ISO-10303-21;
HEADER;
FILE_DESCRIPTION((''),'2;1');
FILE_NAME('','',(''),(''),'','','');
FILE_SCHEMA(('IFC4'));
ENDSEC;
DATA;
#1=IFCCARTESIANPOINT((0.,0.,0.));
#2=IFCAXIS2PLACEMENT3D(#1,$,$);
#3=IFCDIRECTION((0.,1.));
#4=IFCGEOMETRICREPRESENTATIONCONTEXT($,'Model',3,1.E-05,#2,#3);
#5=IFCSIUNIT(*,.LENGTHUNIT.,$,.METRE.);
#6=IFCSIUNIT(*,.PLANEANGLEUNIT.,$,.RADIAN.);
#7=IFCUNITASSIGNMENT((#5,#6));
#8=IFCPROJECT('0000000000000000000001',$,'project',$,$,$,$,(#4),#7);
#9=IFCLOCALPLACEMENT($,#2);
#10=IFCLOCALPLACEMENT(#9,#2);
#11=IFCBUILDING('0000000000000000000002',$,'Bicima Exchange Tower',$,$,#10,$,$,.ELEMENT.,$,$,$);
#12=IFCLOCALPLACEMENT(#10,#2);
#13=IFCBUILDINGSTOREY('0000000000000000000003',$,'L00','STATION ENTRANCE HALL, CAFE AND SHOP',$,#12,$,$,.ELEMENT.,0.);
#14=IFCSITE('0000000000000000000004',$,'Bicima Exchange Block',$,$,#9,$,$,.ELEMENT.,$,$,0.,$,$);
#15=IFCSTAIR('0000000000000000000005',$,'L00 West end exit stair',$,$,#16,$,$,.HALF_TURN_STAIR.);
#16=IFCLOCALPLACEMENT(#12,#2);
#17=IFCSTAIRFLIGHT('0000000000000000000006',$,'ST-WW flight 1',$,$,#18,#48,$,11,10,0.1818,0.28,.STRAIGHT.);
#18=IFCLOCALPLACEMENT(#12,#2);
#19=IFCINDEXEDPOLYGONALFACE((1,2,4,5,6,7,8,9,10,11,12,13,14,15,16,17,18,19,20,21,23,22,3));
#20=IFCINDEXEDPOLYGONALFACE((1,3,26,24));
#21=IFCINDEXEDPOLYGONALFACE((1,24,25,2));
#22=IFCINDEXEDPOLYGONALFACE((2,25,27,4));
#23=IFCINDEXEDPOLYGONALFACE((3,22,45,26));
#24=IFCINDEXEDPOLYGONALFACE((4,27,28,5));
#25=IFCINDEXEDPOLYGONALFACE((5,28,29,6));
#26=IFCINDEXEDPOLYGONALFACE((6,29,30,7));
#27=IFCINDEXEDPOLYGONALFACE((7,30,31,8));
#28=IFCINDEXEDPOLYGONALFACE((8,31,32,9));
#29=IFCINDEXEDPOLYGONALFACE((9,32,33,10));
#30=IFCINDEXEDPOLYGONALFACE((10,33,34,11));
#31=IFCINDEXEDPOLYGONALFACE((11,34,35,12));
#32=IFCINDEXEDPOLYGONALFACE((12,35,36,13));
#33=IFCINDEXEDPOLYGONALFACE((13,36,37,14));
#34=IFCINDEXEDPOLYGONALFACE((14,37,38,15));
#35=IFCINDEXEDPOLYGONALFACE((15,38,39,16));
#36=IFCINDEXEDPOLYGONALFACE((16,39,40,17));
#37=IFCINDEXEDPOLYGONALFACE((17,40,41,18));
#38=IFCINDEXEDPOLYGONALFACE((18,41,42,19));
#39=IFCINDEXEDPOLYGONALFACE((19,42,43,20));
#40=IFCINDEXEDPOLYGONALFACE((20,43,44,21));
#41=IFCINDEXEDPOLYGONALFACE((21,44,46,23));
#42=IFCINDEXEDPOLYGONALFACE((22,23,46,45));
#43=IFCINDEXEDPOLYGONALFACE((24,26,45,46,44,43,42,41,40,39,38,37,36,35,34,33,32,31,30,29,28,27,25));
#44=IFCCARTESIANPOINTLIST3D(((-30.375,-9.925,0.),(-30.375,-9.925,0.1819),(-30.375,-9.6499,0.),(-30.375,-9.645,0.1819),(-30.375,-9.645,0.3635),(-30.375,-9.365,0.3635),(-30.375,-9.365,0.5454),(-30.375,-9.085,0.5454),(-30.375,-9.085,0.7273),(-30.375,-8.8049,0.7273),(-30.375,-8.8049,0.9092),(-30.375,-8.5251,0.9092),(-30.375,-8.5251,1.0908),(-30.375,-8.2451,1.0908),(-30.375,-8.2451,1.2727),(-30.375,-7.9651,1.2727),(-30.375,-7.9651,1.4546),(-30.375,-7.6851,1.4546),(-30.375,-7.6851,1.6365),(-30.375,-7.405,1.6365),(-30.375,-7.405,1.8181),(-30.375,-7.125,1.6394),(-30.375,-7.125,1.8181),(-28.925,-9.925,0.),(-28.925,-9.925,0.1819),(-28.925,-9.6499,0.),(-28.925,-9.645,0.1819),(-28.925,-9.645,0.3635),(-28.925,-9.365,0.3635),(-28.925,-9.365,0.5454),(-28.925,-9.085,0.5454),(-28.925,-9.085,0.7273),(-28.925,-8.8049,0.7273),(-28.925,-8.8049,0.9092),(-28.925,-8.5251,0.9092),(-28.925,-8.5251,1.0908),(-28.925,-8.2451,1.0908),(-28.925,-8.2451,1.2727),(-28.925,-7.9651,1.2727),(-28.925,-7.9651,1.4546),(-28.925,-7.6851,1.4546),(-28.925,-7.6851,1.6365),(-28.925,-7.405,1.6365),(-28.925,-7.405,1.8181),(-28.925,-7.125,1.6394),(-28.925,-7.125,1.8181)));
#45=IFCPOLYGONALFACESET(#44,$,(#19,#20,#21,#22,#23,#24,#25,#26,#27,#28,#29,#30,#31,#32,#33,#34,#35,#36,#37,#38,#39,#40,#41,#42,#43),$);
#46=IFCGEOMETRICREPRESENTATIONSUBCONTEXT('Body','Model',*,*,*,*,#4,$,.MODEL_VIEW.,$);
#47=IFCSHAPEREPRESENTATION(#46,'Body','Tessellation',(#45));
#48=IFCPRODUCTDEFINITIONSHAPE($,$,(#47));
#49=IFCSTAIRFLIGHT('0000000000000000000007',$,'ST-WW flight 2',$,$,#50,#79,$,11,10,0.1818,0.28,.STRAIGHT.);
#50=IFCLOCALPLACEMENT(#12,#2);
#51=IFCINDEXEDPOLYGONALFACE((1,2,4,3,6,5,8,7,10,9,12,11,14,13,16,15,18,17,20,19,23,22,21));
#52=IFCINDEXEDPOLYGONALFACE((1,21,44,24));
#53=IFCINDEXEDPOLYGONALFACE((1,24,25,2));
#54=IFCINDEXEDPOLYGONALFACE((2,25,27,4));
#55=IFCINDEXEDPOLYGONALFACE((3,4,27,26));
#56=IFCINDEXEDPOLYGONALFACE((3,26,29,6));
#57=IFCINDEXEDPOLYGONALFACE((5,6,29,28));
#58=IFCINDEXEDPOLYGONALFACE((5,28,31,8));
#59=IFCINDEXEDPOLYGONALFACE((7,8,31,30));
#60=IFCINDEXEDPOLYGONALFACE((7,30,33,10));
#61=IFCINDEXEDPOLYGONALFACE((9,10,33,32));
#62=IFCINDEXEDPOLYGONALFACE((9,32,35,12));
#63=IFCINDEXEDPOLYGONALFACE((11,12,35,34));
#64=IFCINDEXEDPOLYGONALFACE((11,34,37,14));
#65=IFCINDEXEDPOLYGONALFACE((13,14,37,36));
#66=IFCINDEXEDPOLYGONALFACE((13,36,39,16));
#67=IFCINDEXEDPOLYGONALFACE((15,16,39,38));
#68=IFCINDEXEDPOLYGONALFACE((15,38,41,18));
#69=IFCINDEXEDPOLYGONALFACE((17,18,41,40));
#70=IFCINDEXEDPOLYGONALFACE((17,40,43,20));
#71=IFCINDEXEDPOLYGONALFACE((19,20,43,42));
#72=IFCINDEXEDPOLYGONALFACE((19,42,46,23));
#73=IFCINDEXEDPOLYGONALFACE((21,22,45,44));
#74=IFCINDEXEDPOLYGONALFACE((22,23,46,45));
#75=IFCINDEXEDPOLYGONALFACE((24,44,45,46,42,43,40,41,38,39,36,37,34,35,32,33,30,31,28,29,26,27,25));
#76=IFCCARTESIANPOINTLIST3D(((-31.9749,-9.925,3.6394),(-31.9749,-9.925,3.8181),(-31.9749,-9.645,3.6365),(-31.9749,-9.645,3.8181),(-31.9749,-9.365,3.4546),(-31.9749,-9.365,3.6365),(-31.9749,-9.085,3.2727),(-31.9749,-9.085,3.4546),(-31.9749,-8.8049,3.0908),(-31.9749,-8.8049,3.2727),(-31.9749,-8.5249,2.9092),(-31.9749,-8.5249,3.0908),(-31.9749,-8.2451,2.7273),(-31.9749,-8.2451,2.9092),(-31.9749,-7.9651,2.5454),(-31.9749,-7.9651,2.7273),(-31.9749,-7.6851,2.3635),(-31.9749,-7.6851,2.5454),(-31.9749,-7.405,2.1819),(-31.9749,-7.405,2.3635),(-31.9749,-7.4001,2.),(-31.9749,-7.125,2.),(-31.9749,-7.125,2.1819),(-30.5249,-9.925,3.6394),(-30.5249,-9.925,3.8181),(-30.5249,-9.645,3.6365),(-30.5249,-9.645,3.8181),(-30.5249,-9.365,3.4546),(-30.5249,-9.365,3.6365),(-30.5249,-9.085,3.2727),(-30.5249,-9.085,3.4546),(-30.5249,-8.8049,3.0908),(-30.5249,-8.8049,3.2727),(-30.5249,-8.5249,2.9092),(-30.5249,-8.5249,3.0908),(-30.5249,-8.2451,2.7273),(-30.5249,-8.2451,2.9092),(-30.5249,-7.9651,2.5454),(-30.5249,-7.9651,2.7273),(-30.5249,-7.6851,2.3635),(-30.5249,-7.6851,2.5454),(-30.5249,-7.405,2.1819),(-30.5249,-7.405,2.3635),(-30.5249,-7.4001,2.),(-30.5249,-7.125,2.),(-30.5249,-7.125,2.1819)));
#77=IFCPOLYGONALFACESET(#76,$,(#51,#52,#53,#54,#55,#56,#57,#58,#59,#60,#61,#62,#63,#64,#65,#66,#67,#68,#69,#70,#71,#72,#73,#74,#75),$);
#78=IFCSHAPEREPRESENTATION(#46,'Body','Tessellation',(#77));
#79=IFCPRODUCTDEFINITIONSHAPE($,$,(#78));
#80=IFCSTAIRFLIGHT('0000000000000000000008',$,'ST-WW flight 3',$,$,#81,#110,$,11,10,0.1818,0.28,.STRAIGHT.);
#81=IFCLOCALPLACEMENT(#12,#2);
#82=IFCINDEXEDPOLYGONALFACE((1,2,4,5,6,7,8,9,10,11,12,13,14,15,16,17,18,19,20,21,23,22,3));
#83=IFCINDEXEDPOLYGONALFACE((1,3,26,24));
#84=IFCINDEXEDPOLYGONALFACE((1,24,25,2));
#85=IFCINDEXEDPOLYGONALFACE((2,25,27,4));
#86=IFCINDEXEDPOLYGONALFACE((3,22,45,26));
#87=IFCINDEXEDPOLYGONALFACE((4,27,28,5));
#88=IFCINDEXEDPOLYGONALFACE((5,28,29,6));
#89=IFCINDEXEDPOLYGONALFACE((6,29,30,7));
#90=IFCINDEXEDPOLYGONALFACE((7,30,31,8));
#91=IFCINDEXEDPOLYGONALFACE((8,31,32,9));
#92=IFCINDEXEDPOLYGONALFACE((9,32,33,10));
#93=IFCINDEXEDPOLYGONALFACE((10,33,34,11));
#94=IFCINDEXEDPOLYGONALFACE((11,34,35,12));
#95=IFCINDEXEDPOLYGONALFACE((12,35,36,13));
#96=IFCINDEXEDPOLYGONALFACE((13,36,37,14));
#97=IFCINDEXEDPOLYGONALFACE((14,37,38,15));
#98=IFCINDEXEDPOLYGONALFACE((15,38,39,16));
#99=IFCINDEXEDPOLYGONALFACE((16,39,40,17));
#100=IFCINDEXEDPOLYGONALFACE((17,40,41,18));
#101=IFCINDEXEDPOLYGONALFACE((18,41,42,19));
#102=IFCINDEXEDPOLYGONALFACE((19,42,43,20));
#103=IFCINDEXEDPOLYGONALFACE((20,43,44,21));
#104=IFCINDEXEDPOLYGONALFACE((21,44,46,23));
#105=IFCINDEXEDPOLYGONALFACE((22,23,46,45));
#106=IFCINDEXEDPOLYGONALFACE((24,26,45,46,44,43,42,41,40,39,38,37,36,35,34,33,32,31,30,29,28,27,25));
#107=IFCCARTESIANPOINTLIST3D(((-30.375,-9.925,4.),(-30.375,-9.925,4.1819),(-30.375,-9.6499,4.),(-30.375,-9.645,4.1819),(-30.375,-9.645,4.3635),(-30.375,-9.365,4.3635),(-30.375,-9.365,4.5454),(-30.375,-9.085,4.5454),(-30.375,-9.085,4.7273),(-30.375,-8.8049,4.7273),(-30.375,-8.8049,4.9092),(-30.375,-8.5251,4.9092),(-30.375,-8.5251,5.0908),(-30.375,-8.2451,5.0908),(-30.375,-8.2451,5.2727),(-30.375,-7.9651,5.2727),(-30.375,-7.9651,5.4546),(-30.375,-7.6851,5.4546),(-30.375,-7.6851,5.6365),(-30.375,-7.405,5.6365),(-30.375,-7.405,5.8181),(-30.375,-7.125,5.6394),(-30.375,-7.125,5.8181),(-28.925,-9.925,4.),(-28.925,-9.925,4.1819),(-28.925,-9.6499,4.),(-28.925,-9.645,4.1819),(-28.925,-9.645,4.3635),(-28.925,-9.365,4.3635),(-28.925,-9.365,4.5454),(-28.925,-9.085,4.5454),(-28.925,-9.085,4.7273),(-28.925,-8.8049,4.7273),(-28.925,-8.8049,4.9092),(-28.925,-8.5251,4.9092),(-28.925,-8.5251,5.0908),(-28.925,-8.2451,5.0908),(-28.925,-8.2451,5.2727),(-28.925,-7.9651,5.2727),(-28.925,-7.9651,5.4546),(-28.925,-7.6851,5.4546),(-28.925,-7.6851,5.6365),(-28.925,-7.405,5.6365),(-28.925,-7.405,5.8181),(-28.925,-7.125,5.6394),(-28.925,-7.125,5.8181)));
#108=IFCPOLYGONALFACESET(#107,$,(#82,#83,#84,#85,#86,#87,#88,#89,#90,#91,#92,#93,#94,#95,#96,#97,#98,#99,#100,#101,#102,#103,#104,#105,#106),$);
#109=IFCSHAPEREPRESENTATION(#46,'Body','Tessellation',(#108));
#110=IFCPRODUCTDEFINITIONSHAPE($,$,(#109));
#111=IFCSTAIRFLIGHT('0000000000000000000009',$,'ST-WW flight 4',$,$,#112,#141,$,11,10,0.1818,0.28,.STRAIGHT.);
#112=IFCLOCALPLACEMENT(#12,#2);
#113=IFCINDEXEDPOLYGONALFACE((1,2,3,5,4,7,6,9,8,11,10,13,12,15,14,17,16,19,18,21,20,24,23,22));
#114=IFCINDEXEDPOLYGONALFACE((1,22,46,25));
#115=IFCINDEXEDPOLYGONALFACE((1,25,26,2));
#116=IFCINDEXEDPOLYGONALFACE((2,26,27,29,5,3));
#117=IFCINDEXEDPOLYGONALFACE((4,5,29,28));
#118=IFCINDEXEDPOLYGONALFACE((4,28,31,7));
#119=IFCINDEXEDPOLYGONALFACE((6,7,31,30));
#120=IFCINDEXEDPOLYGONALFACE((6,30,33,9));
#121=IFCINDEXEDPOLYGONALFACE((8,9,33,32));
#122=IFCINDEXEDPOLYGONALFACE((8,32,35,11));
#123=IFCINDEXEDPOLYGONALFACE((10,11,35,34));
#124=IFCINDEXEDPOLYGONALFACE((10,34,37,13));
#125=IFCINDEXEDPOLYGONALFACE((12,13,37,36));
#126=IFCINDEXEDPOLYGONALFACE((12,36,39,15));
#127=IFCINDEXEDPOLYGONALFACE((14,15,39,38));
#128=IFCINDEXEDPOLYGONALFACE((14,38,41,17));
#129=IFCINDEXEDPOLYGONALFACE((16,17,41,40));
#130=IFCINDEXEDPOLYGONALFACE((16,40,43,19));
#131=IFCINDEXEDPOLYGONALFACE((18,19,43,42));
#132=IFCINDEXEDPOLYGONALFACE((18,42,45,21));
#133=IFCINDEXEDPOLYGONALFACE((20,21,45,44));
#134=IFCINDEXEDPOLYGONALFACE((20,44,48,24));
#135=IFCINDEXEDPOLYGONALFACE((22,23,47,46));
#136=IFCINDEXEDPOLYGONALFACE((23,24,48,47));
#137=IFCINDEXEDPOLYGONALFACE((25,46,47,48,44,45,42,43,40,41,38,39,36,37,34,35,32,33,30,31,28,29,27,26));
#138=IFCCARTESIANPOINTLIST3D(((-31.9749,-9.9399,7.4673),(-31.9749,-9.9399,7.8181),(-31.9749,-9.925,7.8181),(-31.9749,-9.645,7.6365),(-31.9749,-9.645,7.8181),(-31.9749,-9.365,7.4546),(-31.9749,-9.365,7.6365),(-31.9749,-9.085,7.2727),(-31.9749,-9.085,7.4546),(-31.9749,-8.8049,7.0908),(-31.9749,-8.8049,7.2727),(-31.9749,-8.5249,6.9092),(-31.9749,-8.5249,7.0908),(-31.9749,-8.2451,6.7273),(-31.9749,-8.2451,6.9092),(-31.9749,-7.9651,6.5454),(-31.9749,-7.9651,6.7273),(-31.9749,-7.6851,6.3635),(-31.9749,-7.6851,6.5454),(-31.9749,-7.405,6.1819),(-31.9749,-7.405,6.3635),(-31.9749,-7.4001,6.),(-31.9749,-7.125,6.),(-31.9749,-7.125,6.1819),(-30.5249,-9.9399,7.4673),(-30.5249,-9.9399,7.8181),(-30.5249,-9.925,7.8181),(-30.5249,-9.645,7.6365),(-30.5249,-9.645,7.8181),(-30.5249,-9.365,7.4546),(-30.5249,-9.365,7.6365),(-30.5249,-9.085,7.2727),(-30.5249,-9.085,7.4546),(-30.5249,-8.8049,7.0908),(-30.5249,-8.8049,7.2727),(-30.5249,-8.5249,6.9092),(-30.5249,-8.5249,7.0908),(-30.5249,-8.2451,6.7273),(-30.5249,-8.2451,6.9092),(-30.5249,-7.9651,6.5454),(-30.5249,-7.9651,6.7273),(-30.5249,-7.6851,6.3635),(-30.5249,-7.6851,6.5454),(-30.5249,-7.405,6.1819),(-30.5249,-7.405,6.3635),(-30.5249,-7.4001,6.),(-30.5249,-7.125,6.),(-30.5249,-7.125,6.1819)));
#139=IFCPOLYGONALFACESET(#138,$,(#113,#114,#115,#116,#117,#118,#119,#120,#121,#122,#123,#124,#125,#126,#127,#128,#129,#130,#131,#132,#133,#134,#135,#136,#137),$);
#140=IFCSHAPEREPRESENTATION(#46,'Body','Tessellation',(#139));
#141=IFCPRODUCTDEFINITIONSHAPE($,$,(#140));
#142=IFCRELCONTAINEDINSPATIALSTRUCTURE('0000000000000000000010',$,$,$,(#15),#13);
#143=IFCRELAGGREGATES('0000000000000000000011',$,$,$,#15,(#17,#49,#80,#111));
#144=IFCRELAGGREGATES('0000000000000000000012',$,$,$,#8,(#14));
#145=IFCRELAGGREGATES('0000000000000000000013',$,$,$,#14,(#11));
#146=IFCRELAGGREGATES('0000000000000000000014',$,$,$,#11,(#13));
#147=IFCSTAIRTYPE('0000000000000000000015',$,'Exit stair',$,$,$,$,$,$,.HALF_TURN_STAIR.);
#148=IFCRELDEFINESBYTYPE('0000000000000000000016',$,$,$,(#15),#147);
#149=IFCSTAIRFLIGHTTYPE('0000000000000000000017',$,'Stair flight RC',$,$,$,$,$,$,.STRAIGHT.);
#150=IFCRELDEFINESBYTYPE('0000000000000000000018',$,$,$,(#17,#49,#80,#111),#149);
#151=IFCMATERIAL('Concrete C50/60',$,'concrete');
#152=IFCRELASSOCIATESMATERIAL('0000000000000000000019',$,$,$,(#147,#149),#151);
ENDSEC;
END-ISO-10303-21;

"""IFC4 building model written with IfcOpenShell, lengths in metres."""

from ifc_helpers import new_model, si_unit, direction, frame, origin, place, context, subcontext, project, spatial, polyline, outline, extrude, material, type_object, element, aggregate, save


model = new_model("IFC4")

# Units and contexts
model_context = context("Model", 3, precision=1e-05, world=origin(), true_north=direction((0.0, 1.0)))
body_context = subcontext(model_context, "Body", "Model", "MODEL_VIEW")
ifc_project = project(units=[si_unit("LENGTHUNIT", "METRE"), si_unit("PLANEANGLEUNIT", "RADIAN")], contexts=[model_context])

# Site, building, storey
site_placement = place(None, origin())
site = spatial("IfcSite", under=ifc_project, at=site_placement, Name="Bicima Exchange Block", CompositionType="ELEMENT", RefElevation=0.0)
building_placement = place(site_placement, origin())
building = spatial("IfcBuilding", under=site, at=building_placement, Name="Bicima Exchange Tower", CompositionType="ELEMENT")
storey_placement = place(building_placement, origin())
storey = spatial("IfcBuildingStorey", under=building, at=storey_placement, Name="L00", Description="STATION ENTRANCE HALL, CAFE AND SHOP", CompositionType="ELEMENT", Elevation=0.0)

# Shared definitions
ifc_material_1 = material(Name="Concrete C50/60", Category="concrete")

# Stair, stair flights
stair_type = type_object("IfcStairType", Name="Exit stair", PredefinedType="HALF_TURN_STAIR", material=ifc_material_1)
stair_placement = place(storey_placement, origin())
stair = element("IfcStair", 1, at=stair_placement, inside=storey, type_object=stair_type, Name="L00 West end exit stair", PredefinedType="HALF_TURN_STAIR")
stair_flight_type = type_object("IfcStairFlightType", Name="Stair flight RC", PredefinedType="STRAIGHT", material=ifc_material_1)
stair_flight_1_placement = place(storey_placement, frame((-29.6499, -9.925, 0.0), z_axis=(0.0, 0.0, 1.0), x_axis=(0.0, 1.0, 0.0)))
stair_flight_1 = element("IfcStairFlight", 2, at=stair_flight_1_placement, type_object=stair_flight_type, Name="ST-WW flight 1", NumberOfRisers=11, NumberOfTreads=10, PredefinedType="STRAIGHT", RiserHeight=0.1818, TreadLength=0.28, context=body_context, shape_type="SweptSolid", body=[
    extrude(outline(polyline([(0.0, 0.0), (0.0, 0.1819), (0.28, 0.1819), (0.28, 0.3635), (0.5601, 0.3635), (0.5601, 0.5454), (0.8401, 0.5454), (0.8401, 0.7273), (1.1201, 0.7273), (1.1201, 0.9092), (1.3999, 0.9092), (1.3999, 1.0908), (1.6799, 1.0908), (1.6799, 1.2727), (1.96, 1.2727), (1.96, 1.4546), (2.24, 1.4546), (2.24, 1.6365), (2.52, 1.6365), (2.52, 1.8181), (2.8, 1.8181), (2.8, 2.0), (2.8, 1.6394), (0.2751, 0.0), (0.0, 0.0)])), frame((0.0, 0.7251, 0.0), z_axis=(0.0, -1.0, 0.0), x_axis=(1.0, 0.0, 0.0)), (0.0, 0.0, 1.0), 1.45),
])
stair_flight_2_placement = place(storey_placement, frame((-31.25, -7.125, 2.0), z_axis=(0.0, 0.0, 1.0), x_axis=(0.0, -1.0, 0.0)))
stair_flight_2 = element("IfcStairFlight", 3, at=stair_flight_2_placement, type_object=stair_flight_type, Name="ST-WW flight 2", NumberOfRisers=11, NumberOfTreads=10, PredefinedType="STRAIGHT", RiserHeight=0.1818, TreadLength=0.28, context=body_context, shape_type="SweptSolid", body=[
    extrude(outline(polyline([(0.0, 0.0), (0.0, 0.1819), (0.28, 0.1819), (0.28, 0.3635), (0.5601, 0.3635), (0.5601, 0.5454), (0.8401, 0.5454), (0.8401, 0.7273), (1.1201, 0.7273), (1.1201, 0.9092), (1.3999, 0.9092), (1.3999, 1.0908), (1.6799, 1.0908), (1.6799, 1.2727), (1.96, 1.2727), (1.96, 1.4546), (2.24, 1.4546), (2.24, 1.6365), (2.52, 1.6365), (2.52, 1.8181), (2.8, 1.8181), (2.8, 2.0), (2.8, 1.6394), (0.2751, 0.0), (0.0, 0.0)])), frame((0.0, 0.7251, 0.0), z_axis=(0.0, -1.0, 0.0), x_axis=(1.0, 0.0, 0.0)), (0.0, 0.0, 1.0), 1.45),
])
stair_flight_3_placement = place(storey_placement, frame((-29.6499, -9.925, 4.0), z_axis=(0.0, 0.0, 1.0), x_axis=(0.0, 1.0, 0.0)))
stair_flight_3 = element("IfcStairFlight", 4, at=stair_flight_3_placement, type_object=stair_flight_type, Name="ST-WW flight 3", NumberOfRisers=11, NumberOfTreads=10, PredefinedType="STRAIGHT", RiserHeight=0.1818, TreadLength=0.28, context=body_context, shape_type="SweptSolid", body=[
    extrude(outline(polyline([(0.0, 0.0), (0.0, 0.1819), (0.28, 0.1819), (0.28, 0.3635), (0.5601, 0.3635), (0.5601, 0.5454), (0.8401, 0.5454), (0.8401, 0.7273), (1.1201, 0.7273), (1.1201, 0.9092), (1.3999, 0.9092), (1.3999, 1.0908), (1.6799, 1.0908), (1.6799, 1.2727), (1.96, 1.2727), (1.96, 1.4546), (2.24, 1.4546), (2.24, 1.6365), (2.52, 1.6365), (2.52, 1.8181), (2.8, 1.8181), (2.8, 2.0), (2.8, 1.6394), (0.2751, 0.0), (0.0, 0.0)])), frame((0.0, 0.7251, 0.0), z_axis=(0.0, -1.0, 0.0), x_axis=(1.0, 0.0, 0.0)), (0.0, 0.0, 1.0), 1.45),
])
stair_flight_4_placement = place(storey_placement, frame((-31.25, -7.125, 6.0), z_axis=(0.0, 0.0, 1.0), x_axis=(0.0, -1.0, 0.0)))
stair_flight_4 = element("IfcStairFlight", 5, at=stair_flight_4_placement, type_object=stair_flight_type, Name="ST-WW flight 4", NumberOfRisers=11, NumberOfTreads=10, PredefinedType="STRAIGHT", RiserHeight=0.1818, TreadLength=0.28, context=body_context, shape_type="SweptSolid", body=[
    extrude(outline(polyline([(0.0, 0.0), (0.0, 0.1819), (0.28, 0.1819), (0.28, 0.3635), (0.5601, 0.3635), (0.5601, 0.5454), (0.8401, 0.5454), (0.8401, 0.7273), (1.1201, 0.7273), (1.1201, 0.9092), (1.3999, 0.9092), (1.3999, 1.0908), (1.6799, 1.0908), (1.6799, 1.2727), (1.96, 1.2727), (1.96, 1.4546), (2.24, 1.4546), (2.24, 1.6365), (2.52, 1.6365), (2.52, 1.8181), (2.8, 1.8181), (2.8149, 1.8181), (2.8149, 1.4673), (0.2751, 0.0), (0.0, 0.0)])), frame((0.0, 0.7251, 0.0), z_axis=(0.0, -1.0, 0.0), x_axis=(1.0, 0.0, 0.0)), (0.0, 0.0, 1.0), 1.45),
])
aggregate(stair, [stair_flight_1, stair_flight_2, stair_flight_3, stair_flight_4])

save(model, "model.ifc")
